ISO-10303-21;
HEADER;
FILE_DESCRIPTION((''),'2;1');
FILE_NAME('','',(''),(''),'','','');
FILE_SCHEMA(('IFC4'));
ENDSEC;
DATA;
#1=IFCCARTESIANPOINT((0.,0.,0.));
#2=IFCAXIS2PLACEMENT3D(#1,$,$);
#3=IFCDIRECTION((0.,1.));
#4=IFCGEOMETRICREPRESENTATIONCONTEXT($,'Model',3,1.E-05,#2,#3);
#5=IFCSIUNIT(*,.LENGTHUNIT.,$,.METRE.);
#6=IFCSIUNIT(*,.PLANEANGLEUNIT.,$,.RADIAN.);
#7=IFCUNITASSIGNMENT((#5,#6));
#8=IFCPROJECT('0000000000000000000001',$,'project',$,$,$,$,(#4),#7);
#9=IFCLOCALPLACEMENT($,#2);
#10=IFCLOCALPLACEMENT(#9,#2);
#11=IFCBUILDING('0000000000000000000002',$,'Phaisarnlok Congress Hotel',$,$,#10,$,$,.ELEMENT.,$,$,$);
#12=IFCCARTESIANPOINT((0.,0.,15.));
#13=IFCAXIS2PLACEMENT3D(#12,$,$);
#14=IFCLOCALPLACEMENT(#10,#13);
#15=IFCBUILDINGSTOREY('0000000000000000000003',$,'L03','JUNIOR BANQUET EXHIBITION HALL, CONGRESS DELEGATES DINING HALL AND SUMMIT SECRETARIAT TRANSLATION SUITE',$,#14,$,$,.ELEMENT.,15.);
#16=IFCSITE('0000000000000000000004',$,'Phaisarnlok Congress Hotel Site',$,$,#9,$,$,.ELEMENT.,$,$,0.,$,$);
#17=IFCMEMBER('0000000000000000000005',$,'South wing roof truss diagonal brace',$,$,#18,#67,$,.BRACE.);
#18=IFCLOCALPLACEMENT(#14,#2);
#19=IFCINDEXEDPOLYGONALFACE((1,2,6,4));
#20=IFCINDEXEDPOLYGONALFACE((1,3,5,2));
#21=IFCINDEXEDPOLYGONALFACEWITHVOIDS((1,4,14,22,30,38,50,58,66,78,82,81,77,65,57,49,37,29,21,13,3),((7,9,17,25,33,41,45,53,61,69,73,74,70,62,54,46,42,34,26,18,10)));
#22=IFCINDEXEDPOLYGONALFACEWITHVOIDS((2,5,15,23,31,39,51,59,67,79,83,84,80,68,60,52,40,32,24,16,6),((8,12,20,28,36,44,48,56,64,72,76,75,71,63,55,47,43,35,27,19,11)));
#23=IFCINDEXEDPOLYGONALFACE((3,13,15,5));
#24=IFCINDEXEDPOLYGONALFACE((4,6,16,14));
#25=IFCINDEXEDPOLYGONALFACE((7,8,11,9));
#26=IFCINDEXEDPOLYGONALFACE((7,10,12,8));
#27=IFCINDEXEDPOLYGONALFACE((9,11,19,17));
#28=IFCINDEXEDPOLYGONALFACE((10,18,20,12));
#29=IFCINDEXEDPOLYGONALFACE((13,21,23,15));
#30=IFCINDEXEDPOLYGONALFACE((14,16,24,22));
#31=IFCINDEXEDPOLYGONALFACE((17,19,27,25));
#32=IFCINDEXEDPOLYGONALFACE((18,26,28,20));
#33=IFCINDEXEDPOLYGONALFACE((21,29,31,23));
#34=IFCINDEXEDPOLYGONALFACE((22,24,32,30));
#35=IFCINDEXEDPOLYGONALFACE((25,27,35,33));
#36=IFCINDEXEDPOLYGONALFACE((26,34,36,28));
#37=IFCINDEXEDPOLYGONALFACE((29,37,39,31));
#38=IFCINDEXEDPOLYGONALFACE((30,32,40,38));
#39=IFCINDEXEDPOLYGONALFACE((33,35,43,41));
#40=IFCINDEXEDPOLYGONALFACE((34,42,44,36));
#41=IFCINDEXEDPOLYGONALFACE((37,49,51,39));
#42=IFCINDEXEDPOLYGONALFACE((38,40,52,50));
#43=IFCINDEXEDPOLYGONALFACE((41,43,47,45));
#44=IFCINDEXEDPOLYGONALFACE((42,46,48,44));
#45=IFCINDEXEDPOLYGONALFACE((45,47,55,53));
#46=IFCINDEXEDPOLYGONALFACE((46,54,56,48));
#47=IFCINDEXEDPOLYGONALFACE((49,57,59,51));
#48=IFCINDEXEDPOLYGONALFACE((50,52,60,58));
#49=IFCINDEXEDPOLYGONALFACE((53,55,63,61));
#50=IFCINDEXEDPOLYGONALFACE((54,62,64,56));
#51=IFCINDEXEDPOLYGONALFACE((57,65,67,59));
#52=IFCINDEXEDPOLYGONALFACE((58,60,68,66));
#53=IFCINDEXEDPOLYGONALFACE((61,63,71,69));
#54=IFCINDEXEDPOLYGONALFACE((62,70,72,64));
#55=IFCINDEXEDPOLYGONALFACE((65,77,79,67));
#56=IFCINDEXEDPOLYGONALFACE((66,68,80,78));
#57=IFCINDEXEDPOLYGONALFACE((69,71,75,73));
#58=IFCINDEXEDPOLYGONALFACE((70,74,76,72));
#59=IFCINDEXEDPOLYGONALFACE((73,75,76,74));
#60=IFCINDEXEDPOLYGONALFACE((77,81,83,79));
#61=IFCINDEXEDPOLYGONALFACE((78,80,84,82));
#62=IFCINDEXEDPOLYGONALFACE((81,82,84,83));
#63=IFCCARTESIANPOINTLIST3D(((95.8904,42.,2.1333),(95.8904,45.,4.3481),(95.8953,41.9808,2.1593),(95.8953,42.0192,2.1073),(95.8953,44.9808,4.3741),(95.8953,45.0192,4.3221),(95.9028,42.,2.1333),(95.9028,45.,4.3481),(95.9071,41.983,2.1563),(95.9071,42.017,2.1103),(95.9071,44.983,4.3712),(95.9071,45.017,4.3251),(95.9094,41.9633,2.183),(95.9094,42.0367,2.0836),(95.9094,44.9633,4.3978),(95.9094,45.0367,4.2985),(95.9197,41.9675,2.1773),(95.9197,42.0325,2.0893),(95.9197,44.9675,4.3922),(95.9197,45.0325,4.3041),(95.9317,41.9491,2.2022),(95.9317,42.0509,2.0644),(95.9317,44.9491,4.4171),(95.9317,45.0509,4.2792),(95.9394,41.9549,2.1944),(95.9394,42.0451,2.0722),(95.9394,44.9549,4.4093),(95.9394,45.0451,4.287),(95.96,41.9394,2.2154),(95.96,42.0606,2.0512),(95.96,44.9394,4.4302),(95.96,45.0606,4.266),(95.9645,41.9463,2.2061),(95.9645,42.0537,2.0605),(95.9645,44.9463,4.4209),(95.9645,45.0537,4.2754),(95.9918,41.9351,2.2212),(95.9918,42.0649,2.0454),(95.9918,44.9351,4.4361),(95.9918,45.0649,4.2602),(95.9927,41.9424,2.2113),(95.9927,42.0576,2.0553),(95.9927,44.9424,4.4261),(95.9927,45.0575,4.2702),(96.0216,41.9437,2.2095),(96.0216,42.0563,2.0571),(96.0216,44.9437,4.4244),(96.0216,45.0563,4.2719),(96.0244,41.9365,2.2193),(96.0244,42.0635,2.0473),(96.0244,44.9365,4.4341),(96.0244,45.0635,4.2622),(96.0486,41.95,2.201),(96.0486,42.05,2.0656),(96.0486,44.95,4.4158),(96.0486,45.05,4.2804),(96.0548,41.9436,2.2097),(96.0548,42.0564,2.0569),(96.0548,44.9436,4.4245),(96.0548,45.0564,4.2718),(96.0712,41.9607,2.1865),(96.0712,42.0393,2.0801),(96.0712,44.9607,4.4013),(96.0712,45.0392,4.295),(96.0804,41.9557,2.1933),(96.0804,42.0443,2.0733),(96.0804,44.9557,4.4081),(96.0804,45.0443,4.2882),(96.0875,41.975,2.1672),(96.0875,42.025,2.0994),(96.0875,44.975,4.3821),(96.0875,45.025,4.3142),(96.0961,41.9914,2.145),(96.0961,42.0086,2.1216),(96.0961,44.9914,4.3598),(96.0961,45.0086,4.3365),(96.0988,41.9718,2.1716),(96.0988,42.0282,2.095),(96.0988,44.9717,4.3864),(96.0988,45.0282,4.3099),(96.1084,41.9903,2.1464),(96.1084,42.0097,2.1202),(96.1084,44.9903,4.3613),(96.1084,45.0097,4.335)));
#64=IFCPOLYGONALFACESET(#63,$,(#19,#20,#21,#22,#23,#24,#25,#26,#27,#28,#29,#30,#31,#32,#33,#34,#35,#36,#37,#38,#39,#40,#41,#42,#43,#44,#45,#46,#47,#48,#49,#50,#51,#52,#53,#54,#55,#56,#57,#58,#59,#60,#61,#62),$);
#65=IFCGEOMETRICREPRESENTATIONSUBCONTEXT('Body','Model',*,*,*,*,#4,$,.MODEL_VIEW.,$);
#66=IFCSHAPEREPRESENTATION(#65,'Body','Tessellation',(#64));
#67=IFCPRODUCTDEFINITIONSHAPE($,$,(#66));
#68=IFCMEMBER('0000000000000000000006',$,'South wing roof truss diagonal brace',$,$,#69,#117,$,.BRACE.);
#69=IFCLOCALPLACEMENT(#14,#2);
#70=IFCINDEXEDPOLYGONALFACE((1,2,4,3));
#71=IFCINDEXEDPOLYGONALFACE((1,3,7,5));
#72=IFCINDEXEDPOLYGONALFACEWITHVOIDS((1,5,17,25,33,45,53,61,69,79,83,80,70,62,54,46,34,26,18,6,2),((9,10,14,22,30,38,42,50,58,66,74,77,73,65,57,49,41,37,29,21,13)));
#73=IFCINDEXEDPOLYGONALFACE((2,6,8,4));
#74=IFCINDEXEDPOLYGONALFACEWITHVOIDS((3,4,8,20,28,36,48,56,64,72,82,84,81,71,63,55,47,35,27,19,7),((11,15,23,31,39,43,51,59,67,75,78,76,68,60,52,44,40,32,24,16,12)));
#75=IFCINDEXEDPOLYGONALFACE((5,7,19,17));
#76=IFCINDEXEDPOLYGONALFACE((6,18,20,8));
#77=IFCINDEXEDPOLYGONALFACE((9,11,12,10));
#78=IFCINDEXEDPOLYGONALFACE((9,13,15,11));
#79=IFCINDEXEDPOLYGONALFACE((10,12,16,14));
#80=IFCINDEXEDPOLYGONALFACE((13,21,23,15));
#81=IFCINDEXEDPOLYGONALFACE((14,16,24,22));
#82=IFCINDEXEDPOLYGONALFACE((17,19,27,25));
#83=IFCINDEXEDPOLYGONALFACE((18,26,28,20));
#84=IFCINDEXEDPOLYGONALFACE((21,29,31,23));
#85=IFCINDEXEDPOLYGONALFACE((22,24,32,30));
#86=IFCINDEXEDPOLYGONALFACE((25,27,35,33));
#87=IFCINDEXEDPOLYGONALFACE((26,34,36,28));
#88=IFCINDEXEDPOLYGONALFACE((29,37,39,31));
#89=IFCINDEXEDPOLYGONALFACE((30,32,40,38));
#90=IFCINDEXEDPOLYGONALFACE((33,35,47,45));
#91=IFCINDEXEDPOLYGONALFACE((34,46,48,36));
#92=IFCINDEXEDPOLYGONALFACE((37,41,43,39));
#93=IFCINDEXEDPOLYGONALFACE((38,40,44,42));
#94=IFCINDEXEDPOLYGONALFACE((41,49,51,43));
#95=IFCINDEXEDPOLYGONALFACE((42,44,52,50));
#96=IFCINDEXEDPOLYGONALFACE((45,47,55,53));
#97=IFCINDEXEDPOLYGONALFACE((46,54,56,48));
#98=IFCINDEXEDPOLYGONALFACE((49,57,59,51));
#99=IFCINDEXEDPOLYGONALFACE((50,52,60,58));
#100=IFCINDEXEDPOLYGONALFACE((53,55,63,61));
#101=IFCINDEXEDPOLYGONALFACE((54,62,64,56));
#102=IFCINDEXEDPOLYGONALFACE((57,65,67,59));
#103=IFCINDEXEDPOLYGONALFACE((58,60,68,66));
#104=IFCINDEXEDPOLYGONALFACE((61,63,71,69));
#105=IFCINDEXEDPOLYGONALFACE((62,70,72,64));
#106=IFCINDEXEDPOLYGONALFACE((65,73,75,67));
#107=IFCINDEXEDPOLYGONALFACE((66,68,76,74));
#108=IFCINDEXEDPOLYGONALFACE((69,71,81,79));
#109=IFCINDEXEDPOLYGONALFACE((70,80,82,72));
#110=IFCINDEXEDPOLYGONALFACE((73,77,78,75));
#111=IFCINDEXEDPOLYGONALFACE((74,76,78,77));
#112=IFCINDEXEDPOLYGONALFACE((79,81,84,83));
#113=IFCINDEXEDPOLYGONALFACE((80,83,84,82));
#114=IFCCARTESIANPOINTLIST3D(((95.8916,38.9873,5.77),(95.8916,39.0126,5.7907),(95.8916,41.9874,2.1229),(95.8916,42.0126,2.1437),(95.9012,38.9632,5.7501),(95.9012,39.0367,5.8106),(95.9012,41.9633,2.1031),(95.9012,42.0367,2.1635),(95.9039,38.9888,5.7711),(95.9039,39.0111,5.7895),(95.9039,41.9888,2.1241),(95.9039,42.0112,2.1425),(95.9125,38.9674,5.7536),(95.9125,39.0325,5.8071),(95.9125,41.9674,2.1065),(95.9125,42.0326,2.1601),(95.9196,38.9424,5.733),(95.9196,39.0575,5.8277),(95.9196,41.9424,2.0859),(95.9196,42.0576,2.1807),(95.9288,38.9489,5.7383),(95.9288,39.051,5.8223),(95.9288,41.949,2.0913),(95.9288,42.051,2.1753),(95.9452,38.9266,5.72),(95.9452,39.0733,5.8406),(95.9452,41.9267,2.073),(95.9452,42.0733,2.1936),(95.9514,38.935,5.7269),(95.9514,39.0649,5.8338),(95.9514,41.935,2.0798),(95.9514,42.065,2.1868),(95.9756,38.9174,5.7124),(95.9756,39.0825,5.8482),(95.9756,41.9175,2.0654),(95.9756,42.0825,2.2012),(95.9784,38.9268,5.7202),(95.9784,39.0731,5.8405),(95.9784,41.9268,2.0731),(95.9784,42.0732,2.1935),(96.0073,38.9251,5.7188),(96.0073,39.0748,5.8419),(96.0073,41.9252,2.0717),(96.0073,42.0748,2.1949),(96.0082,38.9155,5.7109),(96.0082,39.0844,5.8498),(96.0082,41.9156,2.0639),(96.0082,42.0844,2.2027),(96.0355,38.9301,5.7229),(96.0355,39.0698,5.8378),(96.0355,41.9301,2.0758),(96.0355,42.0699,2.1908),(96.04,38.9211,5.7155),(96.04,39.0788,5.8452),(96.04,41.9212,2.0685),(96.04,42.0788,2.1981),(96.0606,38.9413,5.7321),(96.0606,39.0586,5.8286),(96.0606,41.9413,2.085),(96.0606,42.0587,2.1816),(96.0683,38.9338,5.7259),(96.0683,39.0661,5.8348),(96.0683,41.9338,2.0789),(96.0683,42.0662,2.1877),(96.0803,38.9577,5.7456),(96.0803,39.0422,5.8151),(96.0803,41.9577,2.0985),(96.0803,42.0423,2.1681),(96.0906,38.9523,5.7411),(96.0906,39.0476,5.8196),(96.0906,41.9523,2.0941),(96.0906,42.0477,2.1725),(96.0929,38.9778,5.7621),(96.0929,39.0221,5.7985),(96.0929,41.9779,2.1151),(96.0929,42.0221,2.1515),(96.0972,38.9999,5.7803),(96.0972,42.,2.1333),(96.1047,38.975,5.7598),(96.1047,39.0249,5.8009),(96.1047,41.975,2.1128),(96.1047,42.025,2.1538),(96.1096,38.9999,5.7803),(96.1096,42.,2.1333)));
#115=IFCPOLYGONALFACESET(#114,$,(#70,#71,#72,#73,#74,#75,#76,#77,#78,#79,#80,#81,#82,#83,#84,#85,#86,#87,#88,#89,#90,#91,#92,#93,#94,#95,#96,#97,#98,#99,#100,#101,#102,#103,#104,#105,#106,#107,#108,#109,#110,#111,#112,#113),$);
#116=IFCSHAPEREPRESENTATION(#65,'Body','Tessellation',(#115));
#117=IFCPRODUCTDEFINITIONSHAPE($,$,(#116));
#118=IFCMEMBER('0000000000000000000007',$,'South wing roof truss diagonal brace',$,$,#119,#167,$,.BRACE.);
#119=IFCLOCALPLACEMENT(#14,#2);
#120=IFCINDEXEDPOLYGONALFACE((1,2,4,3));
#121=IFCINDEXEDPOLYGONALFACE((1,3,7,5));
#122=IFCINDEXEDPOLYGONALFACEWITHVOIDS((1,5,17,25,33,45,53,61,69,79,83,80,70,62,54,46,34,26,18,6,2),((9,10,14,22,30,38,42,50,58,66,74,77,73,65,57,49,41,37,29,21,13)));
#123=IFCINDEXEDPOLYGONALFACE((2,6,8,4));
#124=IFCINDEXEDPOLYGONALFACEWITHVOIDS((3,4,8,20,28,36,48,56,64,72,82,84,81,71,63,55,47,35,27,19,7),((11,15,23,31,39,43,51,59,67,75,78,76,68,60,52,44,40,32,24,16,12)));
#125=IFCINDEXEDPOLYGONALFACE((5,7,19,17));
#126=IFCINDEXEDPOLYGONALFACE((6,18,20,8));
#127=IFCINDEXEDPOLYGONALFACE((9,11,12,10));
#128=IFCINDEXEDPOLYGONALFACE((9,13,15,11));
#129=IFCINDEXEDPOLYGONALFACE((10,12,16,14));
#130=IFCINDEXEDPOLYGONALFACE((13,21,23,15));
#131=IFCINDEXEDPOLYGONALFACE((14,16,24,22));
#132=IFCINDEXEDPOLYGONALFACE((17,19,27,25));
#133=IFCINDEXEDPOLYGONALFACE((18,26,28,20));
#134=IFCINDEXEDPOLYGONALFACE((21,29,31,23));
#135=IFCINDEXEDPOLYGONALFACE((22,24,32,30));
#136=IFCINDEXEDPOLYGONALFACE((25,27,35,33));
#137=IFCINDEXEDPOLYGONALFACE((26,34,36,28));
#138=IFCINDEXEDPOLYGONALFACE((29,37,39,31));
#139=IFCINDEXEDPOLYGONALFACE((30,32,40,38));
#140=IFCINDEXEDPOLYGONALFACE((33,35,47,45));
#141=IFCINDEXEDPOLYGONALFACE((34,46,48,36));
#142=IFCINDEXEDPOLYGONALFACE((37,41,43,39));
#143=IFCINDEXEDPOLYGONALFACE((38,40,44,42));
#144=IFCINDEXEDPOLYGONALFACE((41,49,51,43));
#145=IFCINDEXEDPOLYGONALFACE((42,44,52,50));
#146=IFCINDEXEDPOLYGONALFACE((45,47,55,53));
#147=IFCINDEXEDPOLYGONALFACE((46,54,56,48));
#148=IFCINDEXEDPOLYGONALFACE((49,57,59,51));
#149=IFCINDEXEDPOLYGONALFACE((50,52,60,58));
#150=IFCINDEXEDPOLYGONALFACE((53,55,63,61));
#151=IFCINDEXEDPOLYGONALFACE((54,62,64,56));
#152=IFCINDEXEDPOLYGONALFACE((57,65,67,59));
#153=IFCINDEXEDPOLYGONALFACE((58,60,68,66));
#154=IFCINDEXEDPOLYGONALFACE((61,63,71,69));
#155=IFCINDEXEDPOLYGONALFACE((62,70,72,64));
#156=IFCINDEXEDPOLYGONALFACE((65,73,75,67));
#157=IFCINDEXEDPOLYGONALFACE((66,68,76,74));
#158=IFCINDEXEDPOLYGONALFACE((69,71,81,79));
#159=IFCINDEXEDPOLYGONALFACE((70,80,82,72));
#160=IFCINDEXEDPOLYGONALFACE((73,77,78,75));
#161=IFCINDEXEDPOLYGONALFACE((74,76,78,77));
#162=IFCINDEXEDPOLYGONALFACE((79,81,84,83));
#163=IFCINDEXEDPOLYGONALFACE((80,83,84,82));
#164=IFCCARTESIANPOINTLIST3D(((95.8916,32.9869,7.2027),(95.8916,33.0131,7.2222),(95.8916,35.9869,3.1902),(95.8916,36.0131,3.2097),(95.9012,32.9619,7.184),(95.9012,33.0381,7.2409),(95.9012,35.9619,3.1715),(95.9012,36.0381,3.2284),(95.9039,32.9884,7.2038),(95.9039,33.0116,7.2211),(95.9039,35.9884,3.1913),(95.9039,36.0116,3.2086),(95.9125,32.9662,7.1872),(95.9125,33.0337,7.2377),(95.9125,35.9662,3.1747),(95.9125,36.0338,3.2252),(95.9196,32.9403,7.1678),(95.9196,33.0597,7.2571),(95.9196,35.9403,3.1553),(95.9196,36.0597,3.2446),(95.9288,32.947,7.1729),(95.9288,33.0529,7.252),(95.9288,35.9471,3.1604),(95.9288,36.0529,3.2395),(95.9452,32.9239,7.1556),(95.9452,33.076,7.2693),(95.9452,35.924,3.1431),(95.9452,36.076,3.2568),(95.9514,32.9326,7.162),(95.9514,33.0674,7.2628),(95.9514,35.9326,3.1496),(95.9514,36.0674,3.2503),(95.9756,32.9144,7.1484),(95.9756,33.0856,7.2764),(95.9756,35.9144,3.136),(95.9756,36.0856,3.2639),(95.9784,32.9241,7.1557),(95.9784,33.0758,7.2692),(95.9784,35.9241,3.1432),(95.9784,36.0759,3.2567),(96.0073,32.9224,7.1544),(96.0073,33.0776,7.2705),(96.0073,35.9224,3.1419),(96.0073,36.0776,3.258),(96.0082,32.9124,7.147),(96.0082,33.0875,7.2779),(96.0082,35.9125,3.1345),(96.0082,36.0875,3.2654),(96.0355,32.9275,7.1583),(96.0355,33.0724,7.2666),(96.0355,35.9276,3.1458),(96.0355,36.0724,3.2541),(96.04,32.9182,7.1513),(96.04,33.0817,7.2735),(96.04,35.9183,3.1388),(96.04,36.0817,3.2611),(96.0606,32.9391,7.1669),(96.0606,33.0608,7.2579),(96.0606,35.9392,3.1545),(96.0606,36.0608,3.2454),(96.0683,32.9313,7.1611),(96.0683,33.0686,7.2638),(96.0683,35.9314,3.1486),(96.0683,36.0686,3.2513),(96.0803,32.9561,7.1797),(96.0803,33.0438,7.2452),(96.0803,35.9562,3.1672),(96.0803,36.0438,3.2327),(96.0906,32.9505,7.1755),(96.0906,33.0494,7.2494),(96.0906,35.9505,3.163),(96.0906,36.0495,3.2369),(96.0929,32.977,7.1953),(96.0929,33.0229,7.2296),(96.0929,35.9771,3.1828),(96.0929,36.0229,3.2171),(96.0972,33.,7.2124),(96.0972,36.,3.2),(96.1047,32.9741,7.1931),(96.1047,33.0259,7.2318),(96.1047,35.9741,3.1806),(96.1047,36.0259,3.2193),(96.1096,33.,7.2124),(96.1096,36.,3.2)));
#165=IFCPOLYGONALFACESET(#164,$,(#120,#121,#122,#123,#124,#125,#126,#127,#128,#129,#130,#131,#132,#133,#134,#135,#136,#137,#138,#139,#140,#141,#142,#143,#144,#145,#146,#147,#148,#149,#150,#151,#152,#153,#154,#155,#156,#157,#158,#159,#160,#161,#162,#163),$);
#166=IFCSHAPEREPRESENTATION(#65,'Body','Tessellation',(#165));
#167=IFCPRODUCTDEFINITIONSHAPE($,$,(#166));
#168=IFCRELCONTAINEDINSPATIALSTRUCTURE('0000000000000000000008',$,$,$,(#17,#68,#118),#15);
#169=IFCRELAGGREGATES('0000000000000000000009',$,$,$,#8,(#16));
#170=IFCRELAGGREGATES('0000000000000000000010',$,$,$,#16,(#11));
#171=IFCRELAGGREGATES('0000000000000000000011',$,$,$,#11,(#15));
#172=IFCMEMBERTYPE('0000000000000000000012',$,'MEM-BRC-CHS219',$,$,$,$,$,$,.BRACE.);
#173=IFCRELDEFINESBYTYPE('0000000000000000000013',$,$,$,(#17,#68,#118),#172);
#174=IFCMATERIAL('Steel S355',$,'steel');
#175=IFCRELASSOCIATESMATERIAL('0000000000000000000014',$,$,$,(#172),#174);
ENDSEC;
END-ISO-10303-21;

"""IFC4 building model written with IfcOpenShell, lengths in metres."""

from ifc_helpers import new_model, si_unit, direction, frame, origin, origin_2d, place, context, subcontext, project, spatial, hollow_circle, extrude, material, material_profile, profile_set, type_object, element, save


model = new_model("IFC4")

# Units and contexts
model_context = context("Model", 3, precision=1e-05, world=origin(), true_north=direction((0.0, 1.0)))
body_context = subcontext(model_context, "Body", "Model", "MODEL_VIEW")
ifc_project = project(units=[si_unit("LENGTHUNIT", "METRE"), si_unit("PLANEANGLEUNIT", "RADIAN")], contexts=[model_context])

# Site, building, storey
site_placement = place(None, origin())
site = spatial("IfcSite", under=ifc_project, at=site_placement, Name="Phaisarnlok Congress Hotel Site", CompositionType="ELEMENT", RefElevation=0.0)
building_placement = place(site_placement, origin())
building = spatial("IfcBuilding", under=site, at=building_placement, Name="Phaisarnlok Congress Hotel", CompositionType="ELEMENT")
storey_placement = place(building_placement, frame((0.0, 0.0, 15.0)))
storey = spatial("IfcBuildingStorey", under=building, at=storey_placement, Name="L03", Description="JUNIOR BANQUET EXHIBITION HALL, CONGRESS DELEGATES DINING HALL AND SUMMIT SECRETARIAT TRANSLATION SUITE", CompositionType="ELEMENT", Elevation=15.0)

# Shared definitions
ifc_material_1 = material(Name="Steel S355", Category="steel")

# Members
ifc_material_profile_1 = material_profile(ifc_material_1, hollow_circle(Radius=0.1096, WallThickness=0.0125, at=origin_2d()), Name="CHS 219.1x12.5")
ifc_profile_set_1 = profile_set([ifc_material_profile_1], Name="Steel S355")
member_type_1 = type_object("IfcMemberType", Name="MEM-BRC-CHS219", PredefinedType="BRACE", material=ifc_profile_set_1)
member_1_placement = place(storey_placement, frame((96.0, 42.0, 2.1333), z_axis=(0.0, 0.804503, 0.593949), x_axis=(-1.0, 0.0, 0.0)))
element("IfcMember", 1, at=member_1_placement, inside=storey, type_object=member_type_1, Name="South wing roof truss diagonal brace", PredefinedType="BRACE", context=body_context, shape_type="SweptSolid", body=[
    extrude(hollow_circle(Radius=0.1096, WallThickness=0.0125, at=origin_2d()), origin(), (0.0, 0.0, 1.0), 3.729),
])
member_2_placement = place(storey_placement, frame((96.0, 42.0, 2.1333), z_axis=(0.0, -0.635279, 0.772282), x_axis=(1.0, 0.0, 0.0)))
element("IfcMember", 2, at=member_2_placement, inside=storey, type_object=member_type_1, Name="South wing roof truss diagonal brace", PredefinedType="BRACE", context=body_context, shape_type="SweptSolid", body=[
    extrude(hollow_circle(Radius=0.1096, WallThickness=0.0125, at=origin_2d()), origin(), (0.0, 0.0, 1.0), 4.7224),
])
member_3_placement = place(storey_placement, frame((96.0, 36.0, 3.2), z_axis=(0.0, -0.598806, 0.800894), x_axis=(1.0, 0.0, 0.0)))
element("IfcMember", 3, at=member_3_placement, inside=storey, type_object=member_type_1, Name="South wing roof truss diagonal brace", PredefinedType="BRACE", context=body_context, shape_type="SweptSolid", body=[
    extrude(hollow_circle(Radius=0.1096, WallThickness=0.0125, at=origin_2d()), origin(), (0.0, 0.0, 1.0), 5.01),
])

save(model, "model.ifc")
